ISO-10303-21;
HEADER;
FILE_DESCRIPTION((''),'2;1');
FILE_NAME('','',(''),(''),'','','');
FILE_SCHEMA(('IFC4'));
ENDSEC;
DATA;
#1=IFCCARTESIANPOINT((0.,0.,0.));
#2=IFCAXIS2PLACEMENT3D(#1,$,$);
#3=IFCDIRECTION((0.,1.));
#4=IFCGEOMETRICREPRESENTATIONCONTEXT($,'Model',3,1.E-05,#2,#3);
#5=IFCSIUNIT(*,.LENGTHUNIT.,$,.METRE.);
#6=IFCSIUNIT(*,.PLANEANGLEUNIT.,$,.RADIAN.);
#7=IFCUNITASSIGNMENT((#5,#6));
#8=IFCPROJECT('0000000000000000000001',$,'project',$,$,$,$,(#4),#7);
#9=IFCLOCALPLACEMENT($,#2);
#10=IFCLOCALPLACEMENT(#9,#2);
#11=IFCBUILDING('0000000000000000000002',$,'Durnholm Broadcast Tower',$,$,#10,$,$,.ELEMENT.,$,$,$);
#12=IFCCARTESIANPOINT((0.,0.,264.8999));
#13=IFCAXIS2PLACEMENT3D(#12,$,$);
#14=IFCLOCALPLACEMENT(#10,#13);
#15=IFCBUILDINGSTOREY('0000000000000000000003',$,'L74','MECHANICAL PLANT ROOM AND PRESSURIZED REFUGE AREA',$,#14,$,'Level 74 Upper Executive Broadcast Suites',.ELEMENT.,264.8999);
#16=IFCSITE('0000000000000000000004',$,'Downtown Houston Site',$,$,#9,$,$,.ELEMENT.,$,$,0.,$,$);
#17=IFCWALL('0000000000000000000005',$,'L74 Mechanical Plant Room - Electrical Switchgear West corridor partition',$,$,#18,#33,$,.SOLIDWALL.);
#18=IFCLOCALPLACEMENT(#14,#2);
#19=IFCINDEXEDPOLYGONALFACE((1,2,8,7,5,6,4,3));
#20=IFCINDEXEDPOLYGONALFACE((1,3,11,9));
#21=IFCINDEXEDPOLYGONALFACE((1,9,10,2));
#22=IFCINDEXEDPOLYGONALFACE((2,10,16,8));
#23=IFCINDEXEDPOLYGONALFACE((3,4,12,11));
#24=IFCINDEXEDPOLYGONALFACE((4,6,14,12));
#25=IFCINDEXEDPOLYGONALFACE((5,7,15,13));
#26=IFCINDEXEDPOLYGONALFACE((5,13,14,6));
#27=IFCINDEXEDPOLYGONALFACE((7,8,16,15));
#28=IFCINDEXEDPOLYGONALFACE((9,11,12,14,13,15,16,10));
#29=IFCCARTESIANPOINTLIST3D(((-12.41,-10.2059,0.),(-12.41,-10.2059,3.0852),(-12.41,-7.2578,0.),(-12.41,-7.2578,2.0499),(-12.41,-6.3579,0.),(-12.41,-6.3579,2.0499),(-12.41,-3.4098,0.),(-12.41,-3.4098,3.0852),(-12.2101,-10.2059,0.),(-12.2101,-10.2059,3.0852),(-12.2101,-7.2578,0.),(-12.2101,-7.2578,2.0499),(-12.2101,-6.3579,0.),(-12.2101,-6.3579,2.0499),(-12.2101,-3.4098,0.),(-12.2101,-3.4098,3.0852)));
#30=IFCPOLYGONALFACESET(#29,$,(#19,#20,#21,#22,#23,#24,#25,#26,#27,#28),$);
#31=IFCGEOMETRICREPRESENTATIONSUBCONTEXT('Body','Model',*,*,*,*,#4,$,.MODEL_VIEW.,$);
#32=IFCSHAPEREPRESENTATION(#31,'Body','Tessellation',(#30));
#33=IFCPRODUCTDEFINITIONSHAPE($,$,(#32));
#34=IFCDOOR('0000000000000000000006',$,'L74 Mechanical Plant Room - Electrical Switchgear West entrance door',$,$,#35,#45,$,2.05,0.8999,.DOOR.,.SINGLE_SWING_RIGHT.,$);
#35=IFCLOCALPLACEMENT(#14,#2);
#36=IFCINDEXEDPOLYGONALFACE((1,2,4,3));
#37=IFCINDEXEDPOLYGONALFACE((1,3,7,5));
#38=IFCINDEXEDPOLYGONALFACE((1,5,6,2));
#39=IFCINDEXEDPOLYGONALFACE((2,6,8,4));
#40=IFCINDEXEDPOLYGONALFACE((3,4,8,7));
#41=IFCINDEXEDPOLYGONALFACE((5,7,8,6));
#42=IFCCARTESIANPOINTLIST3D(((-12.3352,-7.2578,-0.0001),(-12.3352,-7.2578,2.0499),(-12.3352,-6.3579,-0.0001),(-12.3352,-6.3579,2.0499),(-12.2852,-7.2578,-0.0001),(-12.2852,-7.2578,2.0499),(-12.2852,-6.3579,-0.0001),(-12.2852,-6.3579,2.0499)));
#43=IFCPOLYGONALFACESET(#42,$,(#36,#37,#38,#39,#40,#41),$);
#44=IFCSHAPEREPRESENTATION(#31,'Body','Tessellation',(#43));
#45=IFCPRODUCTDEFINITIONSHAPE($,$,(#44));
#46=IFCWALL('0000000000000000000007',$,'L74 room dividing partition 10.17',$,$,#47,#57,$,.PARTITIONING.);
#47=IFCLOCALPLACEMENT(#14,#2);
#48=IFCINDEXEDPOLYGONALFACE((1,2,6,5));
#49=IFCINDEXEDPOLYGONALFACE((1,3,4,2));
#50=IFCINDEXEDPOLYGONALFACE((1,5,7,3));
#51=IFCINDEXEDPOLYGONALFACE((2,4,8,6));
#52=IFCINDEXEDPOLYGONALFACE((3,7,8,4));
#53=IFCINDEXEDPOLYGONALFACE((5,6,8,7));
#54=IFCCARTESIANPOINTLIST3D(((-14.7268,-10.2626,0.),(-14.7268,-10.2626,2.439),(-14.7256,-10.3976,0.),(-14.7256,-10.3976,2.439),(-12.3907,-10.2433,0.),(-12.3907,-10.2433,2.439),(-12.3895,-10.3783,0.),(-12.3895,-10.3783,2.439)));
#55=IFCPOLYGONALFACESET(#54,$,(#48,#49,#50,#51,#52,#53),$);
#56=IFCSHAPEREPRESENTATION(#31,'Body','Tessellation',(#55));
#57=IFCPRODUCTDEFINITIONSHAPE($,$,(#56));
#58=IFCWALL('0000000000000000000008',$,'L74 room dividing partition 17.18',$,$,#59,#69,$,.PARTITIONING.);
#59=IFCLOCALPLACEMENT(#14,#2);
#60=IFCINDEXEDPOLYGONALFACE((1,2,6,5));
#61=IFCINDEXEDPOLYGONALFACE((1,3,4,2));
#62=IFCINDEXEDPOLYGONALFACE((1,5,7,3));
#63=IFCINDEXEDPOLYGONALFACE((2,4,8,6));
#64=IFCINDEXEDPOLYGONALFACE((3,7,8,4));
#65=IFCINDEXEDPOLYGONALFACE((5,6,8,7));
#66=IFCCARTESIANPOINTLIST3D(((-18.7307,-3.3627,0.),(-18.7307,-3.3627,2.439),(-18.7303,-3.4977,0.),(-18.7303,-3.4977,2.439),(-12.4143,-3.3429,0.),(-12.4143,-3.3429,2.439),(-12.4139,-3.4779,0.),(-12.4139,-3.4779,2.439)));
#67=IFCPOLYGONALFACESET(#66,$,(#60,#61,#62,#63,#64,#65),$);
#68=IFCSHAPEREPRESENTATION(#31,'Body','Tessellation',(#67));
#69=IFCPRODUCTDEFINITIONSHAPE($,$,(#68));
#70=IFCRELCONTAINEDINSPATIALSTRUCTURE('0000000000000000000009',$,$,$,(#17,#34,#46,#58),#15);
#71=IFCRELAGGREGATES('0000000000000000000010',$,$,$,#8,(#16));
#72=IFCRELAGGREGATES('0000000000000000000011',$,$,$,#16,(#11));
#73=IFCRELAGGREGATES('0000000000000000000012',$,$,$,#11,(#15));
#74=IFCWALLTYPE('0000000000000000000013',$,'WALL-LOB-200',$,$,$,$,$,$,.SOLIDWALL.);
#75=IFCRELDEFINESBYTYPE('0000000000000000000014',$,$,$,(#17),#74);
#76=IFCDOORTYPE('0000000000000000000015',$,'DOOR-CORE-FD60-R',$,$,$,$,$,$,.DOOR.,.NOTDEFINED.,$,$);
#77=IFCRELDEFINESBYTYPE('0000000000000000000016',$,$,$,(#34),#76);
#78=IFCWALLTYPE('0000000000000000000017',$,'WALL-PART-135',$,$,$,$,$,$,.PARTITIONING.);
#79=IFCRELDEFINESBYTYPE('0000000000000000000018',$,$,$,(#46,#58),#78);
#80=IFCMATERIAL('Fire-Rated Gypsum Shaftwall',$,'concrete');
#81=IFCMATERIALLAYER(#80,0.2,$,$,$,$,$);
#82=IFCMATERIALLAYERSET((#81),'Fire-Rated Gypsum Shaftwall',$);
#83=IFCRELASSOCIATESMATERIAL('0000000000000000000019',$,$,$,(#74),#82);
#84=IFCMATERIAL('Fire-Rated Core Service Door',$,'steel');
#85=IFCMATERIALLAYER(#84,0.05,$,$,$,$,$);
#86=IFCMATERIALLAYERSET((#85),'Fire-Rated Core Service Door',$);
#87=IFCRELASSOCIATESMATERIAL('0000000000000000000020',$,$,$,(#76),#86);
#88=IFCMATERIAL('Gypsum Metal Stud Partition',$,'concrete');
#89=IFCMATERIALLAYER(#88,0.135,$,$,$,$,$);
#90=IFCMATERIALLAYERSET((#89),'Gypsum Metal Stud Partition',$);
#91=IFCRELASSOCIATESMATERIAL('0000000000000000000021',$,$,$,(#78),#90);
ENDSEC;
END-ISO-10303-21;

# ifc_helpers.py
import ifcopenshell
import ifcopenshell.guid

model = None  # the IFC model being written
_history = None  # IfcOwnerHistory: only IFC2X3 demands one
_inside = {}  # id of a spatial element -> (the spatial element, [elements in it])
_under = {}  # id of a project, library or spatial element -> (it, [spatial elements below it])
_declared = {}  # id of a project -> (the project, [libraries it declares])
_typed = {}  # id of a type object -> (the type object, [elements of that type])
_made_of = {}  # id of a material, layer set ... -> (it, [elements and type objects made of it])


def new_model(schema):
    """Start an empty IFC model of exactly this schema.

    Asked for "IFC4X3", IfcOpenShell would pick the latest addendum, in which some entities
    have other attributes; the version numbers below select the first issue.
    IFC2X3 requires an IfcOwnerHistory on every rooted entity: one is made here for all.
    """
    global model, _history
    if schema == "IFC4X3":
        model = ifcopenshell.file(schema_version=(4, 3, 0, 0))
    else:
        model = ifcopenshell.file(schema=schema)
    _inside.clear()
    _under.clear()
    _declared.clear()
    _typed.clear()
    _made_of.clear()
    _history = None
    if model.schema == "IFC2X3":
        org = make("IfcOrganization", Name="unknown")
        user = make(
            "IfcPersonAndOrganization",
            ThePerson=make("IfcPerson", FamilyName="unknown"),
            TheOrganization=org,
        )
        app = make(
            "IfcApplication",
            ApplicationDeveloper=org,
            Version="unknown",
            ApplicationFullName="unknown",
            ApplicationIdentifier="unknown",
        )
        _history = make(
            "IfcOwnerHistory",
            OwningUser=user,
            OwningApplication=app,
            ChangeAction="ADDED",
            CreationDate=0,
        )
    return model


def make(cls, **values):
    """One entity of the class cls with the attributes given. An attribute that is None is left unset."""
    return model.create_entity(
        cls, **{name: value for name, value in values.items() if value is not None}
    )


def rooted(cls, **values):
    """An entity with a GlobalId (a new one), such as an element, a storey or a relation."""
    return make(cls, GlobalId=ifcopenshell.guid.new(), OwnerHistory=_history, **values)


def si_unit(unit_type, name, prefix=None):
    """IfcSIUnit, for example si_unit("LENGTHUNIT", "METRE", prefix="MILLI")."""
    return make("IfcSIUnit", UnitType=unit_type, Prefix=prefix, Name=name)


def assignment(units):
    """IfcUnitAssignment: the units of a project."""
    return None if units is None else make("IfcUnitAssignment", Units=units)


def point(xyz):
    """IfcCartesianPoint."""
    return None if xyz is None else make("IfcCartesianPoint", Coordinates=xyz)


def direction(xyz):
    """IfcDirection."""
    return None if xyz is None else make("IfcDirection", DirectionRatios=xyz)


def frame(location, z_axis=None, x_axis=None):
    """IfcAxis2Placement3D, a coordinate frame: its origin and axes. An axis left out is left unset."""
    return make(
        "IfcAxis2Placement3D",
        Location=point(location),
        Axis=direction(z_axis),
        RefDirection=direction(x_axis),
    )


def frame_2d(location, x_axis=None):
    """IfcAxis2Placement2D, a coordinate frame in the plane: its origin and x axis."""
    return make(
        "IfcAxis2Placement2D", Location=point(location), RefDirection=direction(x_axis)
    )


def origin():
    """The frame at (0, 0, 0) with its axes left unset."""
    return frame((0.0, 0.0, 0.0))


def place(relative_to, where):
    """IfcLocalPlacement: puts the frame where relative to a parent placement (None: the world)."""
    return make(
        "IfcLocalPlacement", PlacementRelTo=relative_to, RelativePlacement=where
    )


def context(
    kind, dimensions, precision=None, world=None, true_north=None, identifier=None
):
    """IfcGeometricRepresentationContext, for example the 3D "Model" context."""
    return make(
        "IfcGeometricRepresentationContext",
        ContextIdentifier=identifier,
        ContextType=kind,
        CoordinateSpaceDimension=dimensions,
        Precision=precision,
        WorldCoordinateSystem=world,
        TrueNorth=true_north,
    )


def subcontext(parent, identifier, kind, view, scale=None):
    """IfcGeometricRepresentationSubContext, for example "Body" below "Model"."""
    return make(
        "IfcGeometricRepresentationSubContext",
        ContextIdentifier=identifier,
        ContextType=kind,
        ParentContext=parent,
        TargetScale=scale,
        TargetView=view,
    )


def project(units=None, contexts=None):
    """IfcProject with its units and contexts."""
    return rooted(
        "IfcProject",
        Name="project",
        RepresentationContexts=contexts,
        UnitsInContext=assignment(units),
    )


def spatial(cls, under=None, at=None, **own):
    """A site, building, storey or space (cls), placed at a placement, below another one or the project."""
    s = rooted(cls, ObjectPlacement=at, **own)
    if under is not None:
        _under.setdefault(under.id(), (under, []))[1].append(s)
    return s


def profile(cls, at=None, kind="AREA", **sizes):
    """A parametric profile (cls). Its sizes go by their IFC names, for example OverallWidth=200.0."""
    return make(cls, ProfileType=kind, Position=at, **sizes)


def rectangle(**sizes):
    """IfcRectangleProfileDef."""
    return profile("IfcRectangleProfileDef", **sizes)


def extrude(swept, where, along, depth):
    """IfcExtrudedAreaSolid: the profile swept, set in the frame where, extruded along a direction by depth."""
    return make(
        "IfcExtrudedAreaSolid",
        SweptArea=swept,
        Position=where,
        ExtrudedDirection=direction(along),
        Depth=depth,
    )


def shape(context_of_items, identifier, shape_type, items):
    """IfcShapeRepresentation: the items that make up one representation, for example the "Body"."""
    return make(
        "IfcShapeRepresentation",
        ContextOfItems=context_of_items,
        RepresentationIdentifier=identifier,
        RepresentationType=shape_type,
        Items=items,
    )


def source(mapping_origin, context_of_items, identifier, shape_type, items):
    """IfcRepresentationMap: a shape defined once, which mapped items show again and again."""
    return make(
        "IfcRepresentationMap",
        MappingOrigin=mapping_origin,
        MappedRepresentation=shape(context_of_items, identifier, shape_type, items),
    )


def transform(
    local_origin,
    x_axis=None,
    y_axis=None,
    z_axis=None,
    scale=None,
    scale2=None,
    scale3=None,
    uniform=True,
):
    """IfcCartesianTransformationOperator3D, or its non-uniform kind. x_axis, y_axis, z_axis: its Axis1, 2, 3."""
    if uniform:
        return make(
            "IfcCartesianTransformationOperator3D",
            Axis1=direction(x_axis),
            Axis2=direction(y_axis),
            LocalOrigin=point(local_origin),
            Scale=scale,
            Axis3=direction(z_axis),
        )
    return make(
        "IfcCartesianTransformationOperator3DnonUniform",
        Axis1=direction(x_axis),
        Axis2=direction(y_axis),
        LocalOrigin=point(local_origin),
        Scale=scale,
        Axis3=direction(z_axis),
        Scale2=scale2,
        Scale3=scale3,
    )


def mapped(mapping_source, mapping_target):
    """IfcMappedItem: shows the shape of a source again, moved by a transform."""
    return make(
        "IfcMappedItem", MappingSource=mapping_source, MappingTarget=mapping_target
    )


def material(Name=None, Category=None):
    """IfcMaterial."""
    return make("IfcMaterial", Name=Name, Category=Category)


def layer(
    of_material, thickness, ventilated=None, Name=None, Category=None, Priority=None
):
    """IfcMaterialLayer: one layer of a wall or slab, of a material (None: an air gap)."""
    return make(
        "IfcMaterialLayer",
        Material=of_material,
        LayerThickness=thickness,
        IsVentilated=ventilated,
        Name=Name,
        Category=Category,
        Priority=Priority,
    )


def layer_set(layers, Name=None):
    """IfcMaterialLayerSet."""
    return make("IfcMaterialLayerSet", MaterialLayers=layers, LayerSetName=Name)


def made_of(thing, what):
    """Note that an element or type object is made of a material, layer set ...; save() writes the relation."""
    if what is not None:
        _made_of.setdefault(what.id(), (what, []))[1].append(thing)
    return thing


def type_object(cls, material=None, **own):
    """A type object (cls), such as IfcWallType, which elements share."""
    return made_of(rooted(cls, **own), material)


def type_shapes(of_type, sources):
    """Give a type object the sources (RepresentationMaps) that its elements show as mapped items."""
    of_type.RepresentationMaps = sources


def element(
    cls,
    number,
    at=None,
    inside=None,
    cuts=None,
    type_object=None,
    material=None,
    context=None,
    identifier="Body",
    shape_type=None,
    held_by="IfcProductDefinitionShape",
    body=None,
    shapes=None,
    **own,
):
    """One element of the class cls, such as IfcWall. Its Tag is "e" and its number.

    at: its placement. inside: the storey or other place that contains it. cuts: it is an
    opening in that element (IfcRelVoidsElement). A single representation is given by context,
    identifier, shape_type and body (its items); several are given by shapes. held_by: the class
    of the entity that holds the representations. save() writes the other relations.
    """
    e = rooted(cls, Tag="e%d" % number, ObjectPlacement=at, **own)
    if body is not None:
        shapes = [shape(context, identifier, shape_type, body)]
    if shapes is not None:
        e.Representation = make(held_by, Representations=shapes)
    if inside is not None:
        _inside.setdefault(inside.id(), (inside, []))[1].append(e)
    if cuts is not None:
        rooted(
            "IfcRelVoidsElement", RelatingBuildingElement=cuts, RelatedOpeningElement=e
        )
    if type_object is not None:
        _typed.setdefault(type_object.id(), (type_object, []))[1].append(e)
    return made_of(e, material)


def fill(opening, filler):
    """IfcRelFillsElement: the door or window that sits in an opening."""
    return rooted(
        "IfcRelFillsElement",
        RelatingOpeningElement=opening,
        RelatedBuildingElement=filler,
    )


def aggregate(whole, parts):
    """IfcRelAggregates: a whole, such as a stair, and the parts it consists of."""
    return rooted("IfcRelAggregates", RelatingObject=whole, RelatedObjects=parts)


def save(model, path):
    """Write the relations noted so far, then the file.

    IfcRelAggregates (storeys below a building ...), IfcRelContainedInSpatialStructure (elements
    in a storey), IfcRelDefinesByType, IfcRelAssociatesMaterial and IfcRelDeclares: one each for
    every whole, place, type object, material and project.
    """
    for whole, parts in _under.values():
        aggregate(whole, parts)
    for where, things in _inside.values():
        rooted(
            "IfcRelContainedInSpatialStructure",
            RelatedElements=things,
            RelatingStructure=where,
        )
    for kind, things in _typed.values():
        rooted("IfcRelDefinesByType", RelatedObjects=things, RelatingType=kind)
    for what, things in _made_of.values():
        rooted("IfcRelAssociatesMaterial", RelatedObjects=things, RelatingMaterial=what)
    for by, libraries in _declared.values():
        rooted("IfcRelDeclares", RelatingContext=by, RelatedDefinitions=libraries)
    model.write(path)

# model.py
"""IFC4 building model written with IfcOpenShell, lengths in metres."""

from ifc_helpers import new_model, si_unit, direction, frame, frame_2d, origin, place, context, subcontext, project, spatial, rectangle, extrude, source, transform, mapped, material, layer, layer_set, type_object, type_shapes, element, fill, save


model = new_model("IFC4")

# Units and contexts
model_context = context("Model", 3, precision=1e-05, world=origin(), true_north=direction((0.0, 1.0)))
body_context = subcontext(model_context, "Body", "Model", "MODEL_VIEW")
ifc_project = project(units=[si_unit("LENGTHUNIT", "METRE"), si_unit("PLANEANGLEUNIT", "RADIAN")], contexts=[model_context])

# Site, building, storey
site_placement = place(None, origin())
site = spatial("IfcSite", under=ifc_project, at=site_placement, Name="Downtown Houston Site", CompositionType="ELEMENT", RefElevation=0.0)
building_placement = place(site_placement, origin())
building = spatial("IfcBuilding", under=site, at=building_placement, Name="Durnholm Broadcast Tower", CompositionType="ELEMENT")
storey_placement = place(building_placement, frame((0.0, 0.0, 264.8999)))
storey = spatial("IfcBuildingStorey", under=building, at=storey_placement, Name="L74", Description="MECHANICAL PLANT ROOM AND PRESSURIZED REFUGE AREA", LongName="Level 74 Upper Executive Broadcast Suites", CompositionType="ELEMENT", Elevation=264.8999)

# Wall, opening, door
ifc_material_1 = material(Name="Fire-Rated Gypsum Shaftwall", Category="concrete")
ifc_layer_1 = layer(ifc_material_1, 0.2)
ifc_layer_set_1 = layer_set([ifc_layer_1], Name="Fire-Rated Gypsum Shaftwall")
wall_type_1 = type_object("IfcWallType", Name="WALL-LOB-200", PredefinedType="SOLIDWALL", material=ifc_layer_set_1)
wall_1_placement = place(storey_placement, frame((-12.3101, -3.4099, 0.0), z_axis=(0.0, 0.0, 1.0), x_axis=(0.0, -1.0, 0.0)))
wall_1 = element("IfcWall", 1, at=wall_1_placement, inside=storey, type_object=wall_type_1, Name="L74 Mechanical Plant Room - Electrical Switchgear West corridor partition", PredefinedType="SOLIDWALL", context=body_context, shape_type="SweptSolid", body=[
    extrude(rectangle(XDim=6.7961, YDim=0.2, at=frame_2d((3.3979, 0.0))), origin(), (0.0, 0.0, 1.0), 3.0852),
])
opening_1_placement = place(wall_1_placement, frame((2.948, 0.0, 0.0)))
opening_1 = element("IfcOpeningElement", 2, at=opening_1_placement, cuts=wall_1, PredefinedType="OPENING", context=body_context, shape_type="SweptSolid", body=[
    extrude(rectangle(XDim=0.8999, YDim=2.05, at=frame_2d((0.45, 1.0249))), frame((0.0, 0.1099, 0.0), z_axis=(0.0, -1.0, 0.0), x_axis=(1.0, 0.0, 0.0)), (0.0, 0.0, 1.0), 0.22),
])
ifc_material_2 = material(Name="Fire-Rated Core Service Door", Category="steel")
ifc_layer_2 = layer(ifc_material_2, 0.05)
ifc_layer_set_2 = layer_set([ifc_layer_2], Name="Fire-Rated Core Service Door")
door_type_1 = type_object("IfcDoorType", Name="DOOR-CORE-FD60-R", OperationType="NOTDEFINED", PredefinedType="DOOR", material=ifc_layer_set_2)
shared_shape_1 = source(origin(), body_context, "Body", "SweptSolid", [
    extrude(rectangle(XDim=0.8999, YDim=2.05, at=frame_2d((0.45, 1.0249))), frame((0.0, 0.0249, 0.0), z_axis=(0.0, -1.0, 0.0), x_axis=(1.0, 0.0, 0.0)), (0.0, 0.0, 1.0), 0.05),
])
type_shapes(door_type_1, [shared_shape_1])
door_1_placement = place(opening_1_placement, origin())
door_1 = element("IfcDoor", 3, at=door_1_placement, inside=storey, type_object=door_type_1, Name="L74 Mechanical Plant Room - Electrical Switchgear West entrance door", OperationType="SINGLE_SWING_RIGHT", OverallHeight=2.05, OverallWidth=0.8999, PredefinedType="DOOR", context=body_context, shape_type="MappedRepresentation", body=[
    mapped(shared_shape_1, transform((0.0, 0.0, 0.0), x_axis=(1.0, 0.0, 0.0), y_axis=(0.0, 1.0, 0.0), z_axis=(0.0, 0.0, 1.0), scale=1.0)),
])
fill(opening_1, door_1)

# Walls
ifc_material_3 = material(Name="Gypsum Metal Stud Partition", Category="concrete")
ifc_layer_3 = layer(ifc_material_3, 0.135)
ifc_layer_set_3 = layer_set([ifc_layer_3], Name="Gypsum Metal Stud Partition")
wall_type_2 = type_object("IfcWallType", Name="WALL-PART-135", PredefinedType="PARTITIONING", material=ifc_layer_set_3)
wall_2_placement = place(storey_placement, frame((-14.7261, -10.3301, 0.0), z_axis=(0.0, 0.0, 1.0), x_axis=(0.999966, 0.008256, 0.0)))
element("IfcWall", 4, at=wall_2_placement, inside=storey, type_object=wall_type_2, Name="L74 room dividing partition 10.17", PredefinedType="PARTITIONING", context=body_context, shape_type="SweptSolid", body=[
    extrude(rectangle(XDim=2.3362, YDim=0.135, at=frame_2d((1.168, 0.0))), origin(), (0.0, 0.0, 1.0), 2.439),
])
wall_3_placement = place(storey_placement, frame((-18.7305, -3.4302, 0.0), z_axis=(0.0, 0.0, 1.0), x_axis=(0.999995, 0.003131, 0.0)))
element("IfcWall", 5, at=wall_3_placement, inside=storey, type_object=wall_type_2, Name="L74 room dividing partition 17.18", PredefinedType="PARTITIONING", context=body_context, shape_type="SweptSolid", body=[
    extrude(rectangle(XDim=6.3164, YDim=0.135, at=frame_2d((3.1582, 0.0))), origin(), (0.0, 0.0, 1.0), 2.439),
])

save(model, "model.ifc")
